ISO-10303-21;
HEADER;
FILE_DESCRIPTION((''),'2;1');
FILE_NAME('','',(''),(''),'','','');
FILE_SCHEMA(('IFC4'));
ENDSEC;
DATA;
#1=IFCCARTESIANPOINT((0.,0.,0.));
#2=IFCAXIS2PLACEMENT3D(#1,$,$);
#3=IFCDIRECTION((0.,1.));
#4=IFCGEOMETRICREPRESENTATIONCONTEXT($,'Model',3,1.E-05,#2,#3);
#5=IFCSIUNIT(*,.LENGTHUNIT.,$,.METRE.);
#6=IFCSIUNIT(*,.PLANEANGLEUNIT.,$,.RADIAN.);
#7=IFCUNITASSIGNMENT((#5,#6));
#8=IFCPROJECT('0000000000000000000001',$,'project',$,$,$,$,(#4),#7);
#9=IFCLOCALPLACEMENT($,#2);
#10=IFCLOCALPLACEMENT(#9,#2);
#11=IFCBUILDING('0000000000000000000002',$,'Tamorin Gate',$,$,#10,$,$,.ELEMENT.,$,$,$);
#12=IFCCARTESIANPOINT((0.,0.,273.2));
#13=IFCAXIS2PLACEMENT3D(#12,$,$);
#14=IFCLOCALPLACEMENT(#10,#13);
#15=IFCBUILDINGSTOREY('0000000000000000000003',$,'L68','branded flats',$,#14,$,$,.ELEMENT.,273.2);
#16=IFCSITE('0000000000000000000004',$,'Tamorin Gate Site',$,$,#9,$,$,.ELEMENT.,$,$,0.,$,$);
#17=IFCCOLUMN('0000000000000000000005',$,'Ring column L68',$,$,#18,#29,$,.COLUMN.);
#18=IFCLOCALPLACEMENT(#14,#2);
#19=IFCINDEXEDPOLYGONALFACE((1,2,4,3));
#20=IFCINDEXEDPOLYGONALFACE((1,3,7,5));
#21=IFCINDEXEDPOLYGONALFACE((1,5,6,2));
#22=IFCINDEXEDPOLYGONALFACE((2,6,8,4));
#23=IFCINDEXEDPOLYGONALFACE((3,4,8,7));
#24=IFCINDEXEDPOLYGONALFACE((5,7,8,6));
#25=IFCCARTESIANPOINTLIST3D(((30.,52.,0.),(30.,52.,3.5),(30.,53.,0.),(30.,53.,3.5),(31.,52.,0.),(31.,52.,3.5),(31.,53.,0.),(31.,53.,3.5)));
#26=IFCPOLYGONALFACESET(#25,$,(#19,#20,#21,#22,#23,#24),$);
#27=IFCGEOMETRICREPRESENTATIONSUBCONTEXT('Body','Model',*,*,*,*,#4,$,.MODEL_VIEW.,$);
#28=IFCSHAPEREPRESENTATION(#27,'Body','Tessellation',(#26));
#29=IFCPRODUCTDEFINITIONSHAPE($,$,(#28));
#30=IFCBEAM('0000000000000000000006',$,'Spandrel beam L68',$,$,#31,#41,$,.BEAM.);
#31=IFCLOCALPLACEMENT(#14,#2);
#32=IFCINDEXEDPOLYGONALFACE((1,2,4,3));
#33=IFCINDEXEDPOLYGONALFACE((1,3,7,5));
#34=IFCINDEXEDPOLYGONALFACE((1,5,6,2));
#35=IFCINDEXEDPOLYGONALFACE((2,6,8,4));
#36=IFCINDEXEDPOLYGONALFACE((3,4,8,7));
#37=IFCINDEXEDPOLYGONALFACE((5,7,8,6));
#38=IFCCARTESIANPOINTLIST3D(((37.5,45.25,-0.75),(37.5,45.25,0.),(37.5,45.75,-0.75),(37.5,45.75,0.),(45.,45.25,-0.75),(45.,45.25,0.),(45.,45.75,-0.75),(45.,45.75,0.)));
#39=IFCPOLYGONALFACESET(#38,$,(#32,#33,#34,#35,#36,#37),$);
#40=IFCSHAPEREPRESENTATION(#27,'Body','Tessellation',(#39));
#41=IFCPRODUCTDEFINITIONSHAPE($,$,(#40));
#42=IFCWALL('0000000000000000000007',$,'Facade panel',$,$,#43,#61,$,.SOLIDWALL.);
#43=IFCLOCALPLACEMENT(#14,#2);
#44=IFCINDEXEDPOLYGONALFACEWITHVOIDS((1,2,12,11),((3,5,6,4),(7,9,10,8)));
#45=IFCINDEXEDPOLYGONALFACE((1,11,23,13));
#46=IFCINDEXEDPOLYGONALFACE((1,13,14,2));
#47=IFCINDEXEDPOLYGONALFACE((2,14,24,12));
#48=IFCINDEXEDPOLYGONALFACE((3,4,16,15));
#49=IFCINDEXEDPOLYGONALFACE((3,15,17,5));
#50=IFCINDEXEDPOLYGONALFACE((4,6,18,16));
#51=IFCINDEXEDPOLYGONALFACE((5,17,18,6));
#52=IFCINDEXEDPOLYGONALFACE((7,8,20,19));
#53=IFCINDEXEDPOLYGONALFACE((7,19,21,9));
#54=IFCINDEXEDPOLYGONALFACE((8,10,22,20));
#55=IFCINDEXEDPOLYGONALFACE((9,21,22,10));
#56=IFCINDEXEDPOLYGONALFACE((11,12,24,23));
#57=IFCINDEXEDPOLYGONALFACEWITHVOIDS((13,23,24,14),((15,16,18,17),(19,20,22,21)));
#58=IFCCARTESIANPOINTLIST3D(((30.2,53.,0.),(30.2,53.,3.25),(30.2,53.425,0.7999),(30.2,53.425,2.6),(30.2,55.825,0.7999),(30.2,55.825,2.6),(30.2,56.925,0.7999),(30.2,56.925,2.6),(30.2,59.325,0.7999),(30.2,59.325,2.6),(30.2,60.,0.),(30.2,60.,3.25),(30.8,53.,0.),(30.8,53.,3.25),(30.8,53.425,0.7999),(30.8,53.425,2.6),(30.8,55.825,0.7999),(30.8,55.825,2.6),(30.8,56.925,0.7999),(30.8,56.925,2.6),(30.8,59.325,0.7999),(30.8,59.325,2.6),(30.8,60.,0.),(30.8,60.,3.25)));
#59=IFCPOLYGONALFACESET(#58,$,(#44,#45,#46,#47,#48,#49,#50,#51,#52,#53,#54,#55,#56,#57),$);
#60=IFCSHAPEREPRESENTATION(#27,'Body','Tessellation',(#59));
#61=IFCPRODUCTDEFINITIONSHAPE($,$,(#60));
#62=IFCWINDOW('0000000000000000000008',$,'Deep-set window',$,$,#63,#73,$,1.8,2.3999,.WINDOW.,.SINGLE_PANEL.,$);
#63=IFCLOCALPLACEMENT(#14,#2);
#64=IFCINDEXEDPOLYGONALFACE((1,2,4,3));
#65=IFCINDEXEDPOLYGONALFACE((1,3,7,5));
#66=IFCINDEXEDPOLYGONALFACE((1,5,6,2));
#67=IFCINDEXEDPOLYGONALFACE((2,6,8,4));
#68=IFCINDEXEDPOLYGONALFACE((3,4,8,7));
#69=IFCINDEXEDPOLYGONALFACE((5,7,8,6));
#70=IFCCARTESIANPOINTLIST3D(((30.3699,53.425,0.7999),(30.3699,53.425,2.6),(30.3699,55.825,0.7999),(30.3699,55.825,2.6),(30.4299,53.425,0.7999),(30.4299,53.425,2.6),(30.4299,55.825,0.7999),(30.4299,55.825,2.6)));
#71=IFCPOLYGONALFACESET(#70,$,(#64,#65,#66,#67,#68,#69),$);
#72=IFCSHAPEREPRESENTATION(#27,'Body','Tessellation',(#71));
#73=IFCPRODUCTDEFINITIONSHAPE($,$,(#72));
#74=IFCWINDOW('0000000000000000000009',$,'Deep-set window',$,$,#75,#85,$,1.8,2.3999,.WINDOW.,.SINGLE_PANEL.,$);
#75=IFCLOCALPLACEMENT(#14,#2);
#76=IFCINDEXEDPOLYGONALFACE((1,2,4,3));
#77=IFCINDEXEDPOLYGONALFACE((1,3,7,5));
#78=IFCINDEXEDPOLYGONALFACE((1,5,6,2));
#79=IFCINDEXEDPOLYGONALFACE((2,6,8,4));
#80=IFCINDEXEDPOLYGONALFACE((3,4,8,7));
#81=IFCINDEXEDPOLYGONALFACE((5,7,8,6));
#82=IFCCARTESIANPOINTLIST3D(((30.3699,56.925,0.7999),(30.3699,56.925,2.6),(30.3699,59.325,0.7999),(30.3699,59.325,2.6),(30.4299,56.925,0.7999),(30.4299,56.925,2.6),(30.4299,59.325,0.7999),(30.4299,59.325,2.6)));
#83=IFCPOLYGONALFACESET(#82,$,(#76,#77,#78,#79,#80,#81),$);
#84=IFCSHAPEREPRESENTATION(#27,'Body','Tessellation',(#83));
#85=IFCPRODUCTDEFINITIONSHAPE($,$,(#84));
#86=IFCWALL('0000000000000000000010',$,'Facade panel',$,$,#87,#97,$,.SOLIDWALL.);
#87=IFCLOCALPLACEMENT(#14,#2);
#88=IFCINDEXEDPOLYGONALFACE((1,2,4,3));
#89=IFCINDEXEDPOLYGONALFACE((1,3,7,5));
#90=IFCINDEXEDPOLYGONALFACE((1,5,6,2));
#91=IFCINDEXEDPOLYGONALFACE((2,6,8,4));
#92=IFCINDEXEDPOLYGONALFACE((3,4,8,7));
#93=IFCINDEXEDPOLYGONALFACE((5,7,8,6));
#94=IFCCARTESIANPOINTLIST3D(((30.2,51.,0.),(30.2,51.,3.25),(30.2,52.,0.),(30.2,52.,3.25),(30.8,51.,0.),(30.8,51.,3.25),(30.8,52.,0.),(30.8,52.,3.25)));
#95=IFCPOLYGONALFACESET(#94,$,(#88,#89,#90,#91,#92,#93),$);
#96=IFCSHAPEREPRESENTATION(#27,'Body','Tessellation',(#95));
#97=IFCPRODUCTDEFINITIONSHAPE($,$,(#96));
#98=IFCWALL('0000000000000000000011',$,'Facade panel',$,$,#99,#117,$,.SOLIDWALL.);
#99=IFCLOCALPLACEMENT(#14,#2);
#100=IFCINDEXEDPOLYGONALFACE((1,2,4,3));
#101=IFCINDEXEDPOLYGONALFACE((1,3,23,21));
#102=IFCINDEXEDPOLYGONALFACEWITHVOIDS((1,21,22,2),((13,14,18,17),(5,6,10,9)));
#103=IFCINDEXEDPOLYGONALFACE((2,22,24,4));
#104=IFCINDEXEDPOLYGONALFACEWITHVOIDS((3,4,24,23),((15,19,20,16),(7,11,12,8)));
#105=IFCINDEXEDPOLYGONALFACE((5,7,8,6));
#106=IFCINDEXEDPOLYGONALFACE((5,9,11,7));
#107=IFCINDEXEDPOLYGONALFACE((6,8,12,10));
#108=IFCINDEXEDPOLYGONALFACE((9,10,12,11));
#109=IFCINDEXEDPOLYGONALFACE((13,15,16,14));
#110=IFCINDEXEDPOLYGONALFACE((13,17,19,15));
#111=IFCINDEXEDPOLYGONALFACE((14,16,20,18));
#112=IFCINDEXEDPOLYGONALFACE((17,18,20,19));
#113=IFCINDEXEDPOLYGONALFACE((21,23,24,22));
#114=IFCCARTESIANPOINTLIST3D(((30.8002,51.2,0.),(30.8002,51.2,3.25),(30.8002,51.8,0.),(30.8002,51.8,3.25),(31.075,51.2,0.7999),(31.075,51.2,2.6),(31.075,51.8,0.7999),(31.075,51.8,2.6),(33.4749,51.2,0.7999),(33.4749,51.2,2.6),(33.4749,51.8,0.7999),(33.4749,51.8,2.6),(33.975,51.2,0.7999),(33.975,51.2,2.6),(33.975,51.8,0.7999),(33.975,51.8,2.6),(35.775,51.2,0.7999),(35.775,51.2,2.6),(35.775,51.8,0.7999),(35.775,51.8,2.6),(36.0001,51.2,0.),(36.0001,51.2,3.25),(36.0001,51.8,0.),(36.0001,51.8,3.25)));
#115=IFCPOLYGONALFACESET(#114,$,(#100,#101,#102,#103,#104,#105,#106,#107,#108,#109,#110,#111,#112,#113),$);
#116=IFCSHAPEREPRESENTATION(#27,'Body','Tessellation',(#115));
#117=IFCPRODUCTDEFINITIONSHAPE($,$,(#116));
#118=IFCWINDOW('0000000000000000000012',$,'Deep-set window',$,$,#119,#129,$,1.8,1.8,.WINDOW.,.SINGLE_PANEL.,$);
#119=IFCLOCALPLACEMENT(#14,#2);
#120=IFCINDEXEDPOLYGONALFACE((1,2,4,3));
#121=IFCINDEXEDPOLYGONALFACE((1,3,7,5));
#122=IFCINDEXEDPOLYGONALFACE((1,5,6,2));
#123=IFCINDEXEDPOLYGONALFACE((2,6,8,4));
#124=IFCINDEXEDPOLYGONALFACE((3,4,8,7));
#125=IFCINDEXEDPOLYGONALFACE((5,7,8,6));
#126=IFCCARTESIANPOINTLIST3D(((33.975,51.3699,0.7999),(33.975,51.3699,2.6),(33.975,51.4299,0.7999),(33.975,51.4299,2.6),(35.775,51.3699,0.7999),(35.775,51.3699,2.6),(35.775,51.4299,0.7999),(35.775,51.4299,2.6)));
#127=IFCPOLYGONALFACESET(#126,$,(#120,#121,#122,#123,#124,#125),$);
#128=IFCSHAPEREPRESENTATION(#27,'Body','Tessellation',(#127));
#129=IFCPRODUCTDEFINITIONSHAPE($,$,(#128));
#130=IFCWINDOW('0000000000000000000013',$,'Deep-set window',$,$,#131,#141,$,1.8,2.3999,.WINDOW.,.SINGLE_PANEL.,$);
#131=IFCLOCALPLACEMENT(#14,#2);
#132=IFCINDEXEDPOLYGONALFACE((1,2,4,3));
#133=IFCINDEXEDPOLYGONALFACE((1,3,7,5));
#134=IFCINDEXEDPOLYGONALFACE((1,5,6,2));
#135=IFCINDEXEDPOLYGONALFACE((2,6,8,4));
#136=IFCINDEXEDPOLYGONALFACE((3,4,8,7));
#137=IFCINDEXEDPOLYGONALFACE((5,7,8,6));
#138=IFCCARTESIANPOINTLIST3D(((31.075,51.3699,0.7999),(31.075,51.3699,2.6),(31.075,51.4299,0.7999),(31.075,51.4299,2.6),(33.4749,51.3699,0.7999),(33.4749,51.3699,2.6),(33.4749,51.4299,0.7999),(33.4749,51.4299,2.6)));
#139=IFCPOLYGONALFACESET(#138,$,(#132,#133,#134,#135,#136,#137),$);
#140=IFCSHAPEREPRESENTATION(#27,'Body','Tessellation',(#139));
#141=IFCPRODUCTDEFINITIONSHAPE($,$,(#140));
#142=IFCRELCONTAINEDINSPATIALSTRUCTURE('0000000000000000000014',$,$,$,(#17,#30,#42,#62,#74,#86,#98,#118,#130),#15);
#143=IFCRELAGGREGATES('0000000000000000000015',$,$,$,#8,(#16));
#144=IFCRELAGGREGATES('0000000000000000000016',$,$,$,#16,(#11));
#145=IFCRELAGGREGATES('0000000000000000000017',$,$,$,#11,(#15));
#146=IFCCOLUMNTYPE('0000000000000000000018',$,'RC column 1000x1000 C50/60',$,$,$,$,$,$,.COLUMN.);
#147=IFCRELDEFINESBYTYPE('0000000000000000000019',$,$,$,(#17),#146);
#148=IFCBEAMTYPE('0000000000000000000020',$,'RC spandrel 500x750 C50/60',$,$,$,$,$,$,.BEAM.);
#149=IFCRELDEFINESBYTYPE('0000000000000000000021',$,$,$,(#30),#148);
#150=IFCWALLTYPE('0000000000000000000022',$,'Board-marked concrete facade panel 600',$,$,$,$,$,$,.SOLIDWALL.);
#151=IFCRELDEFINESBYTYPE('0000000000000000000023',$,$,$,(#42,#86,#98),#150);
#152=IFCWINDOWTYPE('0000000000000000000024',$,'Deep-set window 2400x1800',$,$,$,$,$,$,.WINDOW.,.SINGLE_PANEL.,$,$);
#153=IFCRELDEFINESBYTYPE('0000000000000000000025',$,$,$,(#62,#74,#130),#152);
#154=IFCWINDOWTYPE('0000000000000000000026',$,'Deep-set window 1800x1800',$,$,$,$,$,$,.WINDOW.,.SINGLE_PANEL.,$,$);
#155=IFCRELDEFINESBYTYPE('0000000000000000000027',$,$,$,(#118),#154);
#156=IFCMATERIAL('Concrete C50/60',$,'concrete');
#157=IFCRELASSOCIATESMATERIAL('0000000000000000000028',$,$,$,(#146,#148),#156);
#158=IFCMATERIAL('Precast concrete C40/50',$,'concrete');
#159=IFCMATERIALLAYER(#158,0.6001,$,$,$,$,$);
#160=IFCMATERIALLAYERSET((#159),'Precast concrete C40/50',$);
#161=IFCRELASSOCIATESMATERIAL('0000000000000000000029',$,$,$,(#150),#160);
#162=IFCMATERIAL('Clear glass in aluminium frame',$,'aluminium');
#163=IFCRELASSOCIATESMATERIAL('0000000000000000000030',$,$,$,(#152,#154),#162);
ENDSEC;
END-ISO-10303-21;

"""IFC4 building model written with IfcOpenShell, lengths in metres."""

from ifc_helpers import new_model, si_unit, direction, frame, frame_2d, origin, origin_2d, place, context, subcontext, project, spatial, rectangle, extrude, material, layer, layer_set, material_profile, profile_set, type_object, element, fill, save


model = new_model("IFC4")

# Units and contexts
model_context = context("Model", 3, precision=1e-05, world=origin(), true_north=direction((0.0, 1.0)))
body_context = subcontext(model_context, "Body", "Model", "MODEL_VIEW")
ifc_project = project(units=[si_unit("LENGTHUNIT", "METRE"), si_unit("PLANEANGLEUNIT", "RADIAN")], contexts=[model_context])

# Site, building, storey
site_placement = place(None, origin())
site = spatial("IfcSite", under=ifc_project, at=site_placement, Name="Tamorin Gate Site", CompositionType="ELEMENT", RefElevation=0.0)
building_placement = place(site_placement, origin())
building = spatial("IfcBuilding", under=site, at=building_placement, Name="Tamorin Gate", CompositionType="ELEMENT")
storey_placement = place(building_placement, frame((0.0, 0.0, 273.2)))
storey = spatial("IfcBuildingStorey", under=building, at=storey_placement, Name="L68", Description="branded flats", CompositionType="ELEMENT", Elevation=273.2)

# Column
ifc_material_1 = material(Name="Concrete C50/60", Category="concrete")
ifc_material_profile_1 = material_profile(ifc_material_1, rectangle(XDim=1.0, YDim=1.0, at=origin_2d()), Name="RC 1000x1000")
ifc_profile_set_1 = profile_set([ifc_material_profile_1], Name="Concrete C50/60")
column_type = type_object("IfcColumnType", Name="RC column 1000x1000 C50/60", PredefinedType="COLUMN", material=ifc_profile_set_1)
column_placement = place(storey_placement, frame((30.5, 52.5, 0.0), z_axis=(0.0, 0.0, 1.0), x_axis=(1.0, 0.0, 0.0)))
element("IfcColumn", 1, at=column_placement, inside=storey, type_object=column_type, Name="Ring column L68", PredefinedType="COLUMN", context=body_context, shape_type="SweptSolid", body=[
    extrude(rectangle(XDim=1.0, YDim=1.0, at=origin_2d()), origin(), (0.0, 0.0, 1.0), 3.5),
])

# Beam
ifc_material_profile_2 = material_profile(ifc_material_1, rectangle(XDim=0.5, YDim=0.75, at=origin_2d()), Name="RC 500x750")
ifc_profile_set_2 = profile_set([ifc_material_profile_2], Name="Concrete C50/60")
beam_type = type_object("IfcBeamType", Name="RC spandrel 500x750 C50/60", PredefinedType="BEAM", material=ifc_profile_set_2)
beam_placement = place(storey_placement, frame((37.5, 45.5, -0.375), z_axis=(1.0, 0.0, 0.0), x_axis=(0.0, 1.0, 0.0)))
element("IfcBeam", 2, at=beam_placement, inside=storey, type_object=beam_type, Name="Spandrel beam L68", PredefinedType="BEAM", context=body_context, shape_type="SweptSolid", body=[
    extrude(rectangle(XDim=0.5, YDim=0.75, at=origin_2d()), origin(), (0.0, 0.0, 1.0), 7.5),
])

# Wall, openings, windows
ifc_material_2 = material(Name="Precast concrete C40/50", Category="concrete")
ifc_layer_1 = layer(ifc_material_2, 0.6001)
ifc_layer_set_1 = layer_set([ifc_layer_1], Name="Precast concrete C40/50")
wall_type_1 = type_object("IfcWallType", Name="Board-marked concrete facade panel 600", PredefinedType="SOLIDWALL", material=ifc_layer_set_1)
wall_1_placement = place(storey_placement, frame((30.5, 60.0, 0.0), z_axis=(0.0, 0.0, 1.0), x_axis=(0.0, -1.0, 0.0)))
wall_1 = element("IfcWall", 3, at=wall_1_placement, inside=storey, type_object=wall_type_1, Name="Facade panel", PredefinedType="SOLIDWALL", context=body_context, shape_type="SweptSolid", body=[
    extrude(rectangle(XDim=7.0, YDim=0.6001, at=frame_2d((3.5, 0.0))), origin(), (0.0, 0.0, 1.0), 3.25),
])
opening_1_placement = place(wall_1_placement, frame((4.175, 0.0, 0.8)))
opening_1 = element("IfcOpeningElement", 4, at=opening_1_placement, cuts=wall_1, PredefinedType="OPENING", context=body_context, shape_type="SweptSolid", body=[
    extrude(rectangle(XDim=2.3999, YDim=1.8, at=frame_2d((1.2, 0.8999))), frame((0.0, 0.3101, 0.0), z_axis=(0.0, -1.0, 0.0), x_axis=(1.0, 0.0, 0.0)), (0.0, 0.0, 1.0), 0.6201),
])
opening_2_placement = place(wall_1_placement, frame((0.675, 0.0, 0.8)))
opening_2 = element("IfcOpeningElement", 5, at=opening_2_placement, cuts=wall_1, PredefinedType="OPENING", context=body_context, shape_type="SweptSolid", body=[
    extrude(rectangle(XDim=2.3999, YDim=1.8, at=frame_2d((1.2, 0.8999))), frame((0.0, 0.3101, 0.0), z_axis=(0.0, -1.0, 0.0), x_axis=(1.0, 0.0, 0.0)), (0.0, 0.0, 1.0), 0.6201),
])
ifc_material_3 = material(Name="Clear glass in aluminium frame", Category="aluminium")
window_type_1 = type_object("IfcWindowType", Name="Deep-set window 2400x1800", PartitioningType="SINGLE_PANEL", PredefinedType="WINDOW", material=ifc_material_3)
window_1_placement = place(opening_1_placement, origin())
window_1 = element("IfcWindow", 6, at=window_1_placement, inside=storey, type_object=window_type_1, Name="Deep-set window", OverallHeight=1.8, OverallWidth=2.3999, PartitioningType="SINGLE_PANEL", PredefinedType="WINDOW", context=body_context, shape_type="SweptSolid", body=[
    extrude(rectangle(XDim=2.3999, YDim=1.8, at=frame_2d((1.2, 0.8999))), frame((0.0, -0.0701, 0.0), z_axis=(0.0, -1.0, 0.0), x_axis=(1.0, 0.0, 0.0)), (0.0, 0.0, 1.0), 0.0601),
])
fill(opening_1, window_1)
window_2_placement = place(opening_2_placement, origin())
window_2 = element("IfcWindow", 7, at=window_2_placement, inside=storey, type_object=window_type_1, Name="Deep-set window", OverallHeight=1.8, OverallWidth=2.3999, PartitioningType="SINGLE_PANEL", PredefinedType="WINDOW", context=body_context, shape_type="SweptSolid", body=[
    extrude(rectangle(XDim=2.3999, YDim=1.8, at=frame_2d((1.2, 0.8999))), frame((0.0, -0.0701, 0.0), z_axis=(0.0, -1.0, 0.0), x_axis=(1.0, 0.0, 0.0)), (0.0, 0.0, 1.0), 0.0601),
])
fill(opening_2, window_2)

# Wall
wall_2_placement = place(storey_placement, frame((30.5, 52.0, 0.0), z_axis=(0.0, 0.0, 1.0), x_axis=(0.0, -1.0, 0.0)))
element("IfcWall", 8, at=wall_2_placement, inside=storey, type_object=wall_type_1, Name="Facade panel", PredefinedType="SOLIDWALL", context=body_context, shape_type="SweptSolid", body=[
    extrude(rectangle(XDim=1.0, YDim=0.6001, at=frame_2d((0.5, 0.0))), origin(), (0.0, 0.0, 1.0), 3.25),
])

# Wall, openings, windows
wall_3_placement = place(storey_placement, frame((30.8, 51.5, 0.0), z_axis=(0.0, 0.0, 1.0), x_axis=(1.0, 0.0, 0.0)))
wall_3 = element("IfcWall", 9, at=wall_3_placement, inside=storey, type_object=wall_type_1, Name="Facade panel", PredefinedType="SOLIDWALL", context=body_context, shape_type="SweptSolid", body=[
    extrude(rectangle(XDim=5.2, YDim=0.6001, at=frame_2d((2.6001, 0.0))), origin(), (0.0, 0.0, 1.0), 3.25),
])
opening_3_placement = place(wall_3_placement, frame((0.2749, 0.0, 0.8)))
opening_3 = element("IfcOpeningElement", 10, at=opening_3_placement, cuts=wall_3, PredefinedType="OPENING", context=body_context, shape_type="SweptSolid", body=[
    extrude(rectangle(XDim=2.3999, YDim=1.8, at=frame_2d((1.2, 0.8999))), frame((0.0, 0.3101, 0.0), z_axis=(0.0, -1.0, 0.0), x_axis=(1.0, 0.0, 0.0)), (0.0, 0.0, 1.0), 0.6201),
])
opening_4_placement = place(wall_3_placement, frame((3.175, 0.0, 0.8)))
opening_4 = element("IfcOpeningElement", 11, at=opening_4_placement, cuts=wall_3, PredefinedType="OPENING", context=body_context, shape_type="SweptSolid", body=[
    extrude(rectangle(XDim=1.8, YDim=1.8, at=frame_2d((0.8999, 0.8999))), frame((0.0, 0.3101, 0.0), z_axis=(0.0, -1.0, 0.0), x_axis=(1.0, 0.0, 0.0)), (0.0, 0.0, 1.0), 0.6201),
])
window_type_2 = type_object("IfcWindowType", Name="Deep-set window 1800x1800", PartitioningType="SINGLE_PANEL", PredefinedType="WINDOW", material=ifc_material_3)
window_3_placement = place(opening_4_placement, origin())
window_3 = element("IfcWindow", 12, at=window_3_placement, inside=storey, type_object=window_type_2, Name="Deep-set window", OverallHeight=1.8, OverallWidth=1.8, PartitioningType="SINGLE_PANEL", PredefinedType="WINDOW", context=body_context, shape_type="SweptSolid", body=[
    extrude(rectangle(XDim=1.8, YDim=1.8, at=frame_2d((0.8999, 0.8999))), frame((0.0, -0.0701, 0.0), z_axis=(0.0, -1.0, 0.0), x_axis=(1.0, 0.0, 0.0)), (0.0, 0.0, 1.0), 0.0601),
])
fill(opening_4, window_3)
window_4_placement = place(opening_3_placement, origin())
window_4 = element("IfcWindow", 13, at=window_4_placement, inside=storey, type_object=window_type_1, Name="Deep-set window", OverallHeight=1.8, OverallWidth=2.3999, PartitioningType="SINGLE_PANEL", PredefinedType="WINDOW", context=body_context, shape_type="SweptSolid", body=[
    extrude(rectangle(XDim=2.3999, YDim=1.8, at=frame_2d((1.2, 0.8999))), frame((0.0, -0.0701, 0.0), z_axis=(0.0, -1.0, 0.0), x_axis=(1.0, 0.0, 0.0)), (0.0, 0.0, 1.0), 0.0601),
])
fill(opening_3, window_4)

save(model, "model.ifc")
